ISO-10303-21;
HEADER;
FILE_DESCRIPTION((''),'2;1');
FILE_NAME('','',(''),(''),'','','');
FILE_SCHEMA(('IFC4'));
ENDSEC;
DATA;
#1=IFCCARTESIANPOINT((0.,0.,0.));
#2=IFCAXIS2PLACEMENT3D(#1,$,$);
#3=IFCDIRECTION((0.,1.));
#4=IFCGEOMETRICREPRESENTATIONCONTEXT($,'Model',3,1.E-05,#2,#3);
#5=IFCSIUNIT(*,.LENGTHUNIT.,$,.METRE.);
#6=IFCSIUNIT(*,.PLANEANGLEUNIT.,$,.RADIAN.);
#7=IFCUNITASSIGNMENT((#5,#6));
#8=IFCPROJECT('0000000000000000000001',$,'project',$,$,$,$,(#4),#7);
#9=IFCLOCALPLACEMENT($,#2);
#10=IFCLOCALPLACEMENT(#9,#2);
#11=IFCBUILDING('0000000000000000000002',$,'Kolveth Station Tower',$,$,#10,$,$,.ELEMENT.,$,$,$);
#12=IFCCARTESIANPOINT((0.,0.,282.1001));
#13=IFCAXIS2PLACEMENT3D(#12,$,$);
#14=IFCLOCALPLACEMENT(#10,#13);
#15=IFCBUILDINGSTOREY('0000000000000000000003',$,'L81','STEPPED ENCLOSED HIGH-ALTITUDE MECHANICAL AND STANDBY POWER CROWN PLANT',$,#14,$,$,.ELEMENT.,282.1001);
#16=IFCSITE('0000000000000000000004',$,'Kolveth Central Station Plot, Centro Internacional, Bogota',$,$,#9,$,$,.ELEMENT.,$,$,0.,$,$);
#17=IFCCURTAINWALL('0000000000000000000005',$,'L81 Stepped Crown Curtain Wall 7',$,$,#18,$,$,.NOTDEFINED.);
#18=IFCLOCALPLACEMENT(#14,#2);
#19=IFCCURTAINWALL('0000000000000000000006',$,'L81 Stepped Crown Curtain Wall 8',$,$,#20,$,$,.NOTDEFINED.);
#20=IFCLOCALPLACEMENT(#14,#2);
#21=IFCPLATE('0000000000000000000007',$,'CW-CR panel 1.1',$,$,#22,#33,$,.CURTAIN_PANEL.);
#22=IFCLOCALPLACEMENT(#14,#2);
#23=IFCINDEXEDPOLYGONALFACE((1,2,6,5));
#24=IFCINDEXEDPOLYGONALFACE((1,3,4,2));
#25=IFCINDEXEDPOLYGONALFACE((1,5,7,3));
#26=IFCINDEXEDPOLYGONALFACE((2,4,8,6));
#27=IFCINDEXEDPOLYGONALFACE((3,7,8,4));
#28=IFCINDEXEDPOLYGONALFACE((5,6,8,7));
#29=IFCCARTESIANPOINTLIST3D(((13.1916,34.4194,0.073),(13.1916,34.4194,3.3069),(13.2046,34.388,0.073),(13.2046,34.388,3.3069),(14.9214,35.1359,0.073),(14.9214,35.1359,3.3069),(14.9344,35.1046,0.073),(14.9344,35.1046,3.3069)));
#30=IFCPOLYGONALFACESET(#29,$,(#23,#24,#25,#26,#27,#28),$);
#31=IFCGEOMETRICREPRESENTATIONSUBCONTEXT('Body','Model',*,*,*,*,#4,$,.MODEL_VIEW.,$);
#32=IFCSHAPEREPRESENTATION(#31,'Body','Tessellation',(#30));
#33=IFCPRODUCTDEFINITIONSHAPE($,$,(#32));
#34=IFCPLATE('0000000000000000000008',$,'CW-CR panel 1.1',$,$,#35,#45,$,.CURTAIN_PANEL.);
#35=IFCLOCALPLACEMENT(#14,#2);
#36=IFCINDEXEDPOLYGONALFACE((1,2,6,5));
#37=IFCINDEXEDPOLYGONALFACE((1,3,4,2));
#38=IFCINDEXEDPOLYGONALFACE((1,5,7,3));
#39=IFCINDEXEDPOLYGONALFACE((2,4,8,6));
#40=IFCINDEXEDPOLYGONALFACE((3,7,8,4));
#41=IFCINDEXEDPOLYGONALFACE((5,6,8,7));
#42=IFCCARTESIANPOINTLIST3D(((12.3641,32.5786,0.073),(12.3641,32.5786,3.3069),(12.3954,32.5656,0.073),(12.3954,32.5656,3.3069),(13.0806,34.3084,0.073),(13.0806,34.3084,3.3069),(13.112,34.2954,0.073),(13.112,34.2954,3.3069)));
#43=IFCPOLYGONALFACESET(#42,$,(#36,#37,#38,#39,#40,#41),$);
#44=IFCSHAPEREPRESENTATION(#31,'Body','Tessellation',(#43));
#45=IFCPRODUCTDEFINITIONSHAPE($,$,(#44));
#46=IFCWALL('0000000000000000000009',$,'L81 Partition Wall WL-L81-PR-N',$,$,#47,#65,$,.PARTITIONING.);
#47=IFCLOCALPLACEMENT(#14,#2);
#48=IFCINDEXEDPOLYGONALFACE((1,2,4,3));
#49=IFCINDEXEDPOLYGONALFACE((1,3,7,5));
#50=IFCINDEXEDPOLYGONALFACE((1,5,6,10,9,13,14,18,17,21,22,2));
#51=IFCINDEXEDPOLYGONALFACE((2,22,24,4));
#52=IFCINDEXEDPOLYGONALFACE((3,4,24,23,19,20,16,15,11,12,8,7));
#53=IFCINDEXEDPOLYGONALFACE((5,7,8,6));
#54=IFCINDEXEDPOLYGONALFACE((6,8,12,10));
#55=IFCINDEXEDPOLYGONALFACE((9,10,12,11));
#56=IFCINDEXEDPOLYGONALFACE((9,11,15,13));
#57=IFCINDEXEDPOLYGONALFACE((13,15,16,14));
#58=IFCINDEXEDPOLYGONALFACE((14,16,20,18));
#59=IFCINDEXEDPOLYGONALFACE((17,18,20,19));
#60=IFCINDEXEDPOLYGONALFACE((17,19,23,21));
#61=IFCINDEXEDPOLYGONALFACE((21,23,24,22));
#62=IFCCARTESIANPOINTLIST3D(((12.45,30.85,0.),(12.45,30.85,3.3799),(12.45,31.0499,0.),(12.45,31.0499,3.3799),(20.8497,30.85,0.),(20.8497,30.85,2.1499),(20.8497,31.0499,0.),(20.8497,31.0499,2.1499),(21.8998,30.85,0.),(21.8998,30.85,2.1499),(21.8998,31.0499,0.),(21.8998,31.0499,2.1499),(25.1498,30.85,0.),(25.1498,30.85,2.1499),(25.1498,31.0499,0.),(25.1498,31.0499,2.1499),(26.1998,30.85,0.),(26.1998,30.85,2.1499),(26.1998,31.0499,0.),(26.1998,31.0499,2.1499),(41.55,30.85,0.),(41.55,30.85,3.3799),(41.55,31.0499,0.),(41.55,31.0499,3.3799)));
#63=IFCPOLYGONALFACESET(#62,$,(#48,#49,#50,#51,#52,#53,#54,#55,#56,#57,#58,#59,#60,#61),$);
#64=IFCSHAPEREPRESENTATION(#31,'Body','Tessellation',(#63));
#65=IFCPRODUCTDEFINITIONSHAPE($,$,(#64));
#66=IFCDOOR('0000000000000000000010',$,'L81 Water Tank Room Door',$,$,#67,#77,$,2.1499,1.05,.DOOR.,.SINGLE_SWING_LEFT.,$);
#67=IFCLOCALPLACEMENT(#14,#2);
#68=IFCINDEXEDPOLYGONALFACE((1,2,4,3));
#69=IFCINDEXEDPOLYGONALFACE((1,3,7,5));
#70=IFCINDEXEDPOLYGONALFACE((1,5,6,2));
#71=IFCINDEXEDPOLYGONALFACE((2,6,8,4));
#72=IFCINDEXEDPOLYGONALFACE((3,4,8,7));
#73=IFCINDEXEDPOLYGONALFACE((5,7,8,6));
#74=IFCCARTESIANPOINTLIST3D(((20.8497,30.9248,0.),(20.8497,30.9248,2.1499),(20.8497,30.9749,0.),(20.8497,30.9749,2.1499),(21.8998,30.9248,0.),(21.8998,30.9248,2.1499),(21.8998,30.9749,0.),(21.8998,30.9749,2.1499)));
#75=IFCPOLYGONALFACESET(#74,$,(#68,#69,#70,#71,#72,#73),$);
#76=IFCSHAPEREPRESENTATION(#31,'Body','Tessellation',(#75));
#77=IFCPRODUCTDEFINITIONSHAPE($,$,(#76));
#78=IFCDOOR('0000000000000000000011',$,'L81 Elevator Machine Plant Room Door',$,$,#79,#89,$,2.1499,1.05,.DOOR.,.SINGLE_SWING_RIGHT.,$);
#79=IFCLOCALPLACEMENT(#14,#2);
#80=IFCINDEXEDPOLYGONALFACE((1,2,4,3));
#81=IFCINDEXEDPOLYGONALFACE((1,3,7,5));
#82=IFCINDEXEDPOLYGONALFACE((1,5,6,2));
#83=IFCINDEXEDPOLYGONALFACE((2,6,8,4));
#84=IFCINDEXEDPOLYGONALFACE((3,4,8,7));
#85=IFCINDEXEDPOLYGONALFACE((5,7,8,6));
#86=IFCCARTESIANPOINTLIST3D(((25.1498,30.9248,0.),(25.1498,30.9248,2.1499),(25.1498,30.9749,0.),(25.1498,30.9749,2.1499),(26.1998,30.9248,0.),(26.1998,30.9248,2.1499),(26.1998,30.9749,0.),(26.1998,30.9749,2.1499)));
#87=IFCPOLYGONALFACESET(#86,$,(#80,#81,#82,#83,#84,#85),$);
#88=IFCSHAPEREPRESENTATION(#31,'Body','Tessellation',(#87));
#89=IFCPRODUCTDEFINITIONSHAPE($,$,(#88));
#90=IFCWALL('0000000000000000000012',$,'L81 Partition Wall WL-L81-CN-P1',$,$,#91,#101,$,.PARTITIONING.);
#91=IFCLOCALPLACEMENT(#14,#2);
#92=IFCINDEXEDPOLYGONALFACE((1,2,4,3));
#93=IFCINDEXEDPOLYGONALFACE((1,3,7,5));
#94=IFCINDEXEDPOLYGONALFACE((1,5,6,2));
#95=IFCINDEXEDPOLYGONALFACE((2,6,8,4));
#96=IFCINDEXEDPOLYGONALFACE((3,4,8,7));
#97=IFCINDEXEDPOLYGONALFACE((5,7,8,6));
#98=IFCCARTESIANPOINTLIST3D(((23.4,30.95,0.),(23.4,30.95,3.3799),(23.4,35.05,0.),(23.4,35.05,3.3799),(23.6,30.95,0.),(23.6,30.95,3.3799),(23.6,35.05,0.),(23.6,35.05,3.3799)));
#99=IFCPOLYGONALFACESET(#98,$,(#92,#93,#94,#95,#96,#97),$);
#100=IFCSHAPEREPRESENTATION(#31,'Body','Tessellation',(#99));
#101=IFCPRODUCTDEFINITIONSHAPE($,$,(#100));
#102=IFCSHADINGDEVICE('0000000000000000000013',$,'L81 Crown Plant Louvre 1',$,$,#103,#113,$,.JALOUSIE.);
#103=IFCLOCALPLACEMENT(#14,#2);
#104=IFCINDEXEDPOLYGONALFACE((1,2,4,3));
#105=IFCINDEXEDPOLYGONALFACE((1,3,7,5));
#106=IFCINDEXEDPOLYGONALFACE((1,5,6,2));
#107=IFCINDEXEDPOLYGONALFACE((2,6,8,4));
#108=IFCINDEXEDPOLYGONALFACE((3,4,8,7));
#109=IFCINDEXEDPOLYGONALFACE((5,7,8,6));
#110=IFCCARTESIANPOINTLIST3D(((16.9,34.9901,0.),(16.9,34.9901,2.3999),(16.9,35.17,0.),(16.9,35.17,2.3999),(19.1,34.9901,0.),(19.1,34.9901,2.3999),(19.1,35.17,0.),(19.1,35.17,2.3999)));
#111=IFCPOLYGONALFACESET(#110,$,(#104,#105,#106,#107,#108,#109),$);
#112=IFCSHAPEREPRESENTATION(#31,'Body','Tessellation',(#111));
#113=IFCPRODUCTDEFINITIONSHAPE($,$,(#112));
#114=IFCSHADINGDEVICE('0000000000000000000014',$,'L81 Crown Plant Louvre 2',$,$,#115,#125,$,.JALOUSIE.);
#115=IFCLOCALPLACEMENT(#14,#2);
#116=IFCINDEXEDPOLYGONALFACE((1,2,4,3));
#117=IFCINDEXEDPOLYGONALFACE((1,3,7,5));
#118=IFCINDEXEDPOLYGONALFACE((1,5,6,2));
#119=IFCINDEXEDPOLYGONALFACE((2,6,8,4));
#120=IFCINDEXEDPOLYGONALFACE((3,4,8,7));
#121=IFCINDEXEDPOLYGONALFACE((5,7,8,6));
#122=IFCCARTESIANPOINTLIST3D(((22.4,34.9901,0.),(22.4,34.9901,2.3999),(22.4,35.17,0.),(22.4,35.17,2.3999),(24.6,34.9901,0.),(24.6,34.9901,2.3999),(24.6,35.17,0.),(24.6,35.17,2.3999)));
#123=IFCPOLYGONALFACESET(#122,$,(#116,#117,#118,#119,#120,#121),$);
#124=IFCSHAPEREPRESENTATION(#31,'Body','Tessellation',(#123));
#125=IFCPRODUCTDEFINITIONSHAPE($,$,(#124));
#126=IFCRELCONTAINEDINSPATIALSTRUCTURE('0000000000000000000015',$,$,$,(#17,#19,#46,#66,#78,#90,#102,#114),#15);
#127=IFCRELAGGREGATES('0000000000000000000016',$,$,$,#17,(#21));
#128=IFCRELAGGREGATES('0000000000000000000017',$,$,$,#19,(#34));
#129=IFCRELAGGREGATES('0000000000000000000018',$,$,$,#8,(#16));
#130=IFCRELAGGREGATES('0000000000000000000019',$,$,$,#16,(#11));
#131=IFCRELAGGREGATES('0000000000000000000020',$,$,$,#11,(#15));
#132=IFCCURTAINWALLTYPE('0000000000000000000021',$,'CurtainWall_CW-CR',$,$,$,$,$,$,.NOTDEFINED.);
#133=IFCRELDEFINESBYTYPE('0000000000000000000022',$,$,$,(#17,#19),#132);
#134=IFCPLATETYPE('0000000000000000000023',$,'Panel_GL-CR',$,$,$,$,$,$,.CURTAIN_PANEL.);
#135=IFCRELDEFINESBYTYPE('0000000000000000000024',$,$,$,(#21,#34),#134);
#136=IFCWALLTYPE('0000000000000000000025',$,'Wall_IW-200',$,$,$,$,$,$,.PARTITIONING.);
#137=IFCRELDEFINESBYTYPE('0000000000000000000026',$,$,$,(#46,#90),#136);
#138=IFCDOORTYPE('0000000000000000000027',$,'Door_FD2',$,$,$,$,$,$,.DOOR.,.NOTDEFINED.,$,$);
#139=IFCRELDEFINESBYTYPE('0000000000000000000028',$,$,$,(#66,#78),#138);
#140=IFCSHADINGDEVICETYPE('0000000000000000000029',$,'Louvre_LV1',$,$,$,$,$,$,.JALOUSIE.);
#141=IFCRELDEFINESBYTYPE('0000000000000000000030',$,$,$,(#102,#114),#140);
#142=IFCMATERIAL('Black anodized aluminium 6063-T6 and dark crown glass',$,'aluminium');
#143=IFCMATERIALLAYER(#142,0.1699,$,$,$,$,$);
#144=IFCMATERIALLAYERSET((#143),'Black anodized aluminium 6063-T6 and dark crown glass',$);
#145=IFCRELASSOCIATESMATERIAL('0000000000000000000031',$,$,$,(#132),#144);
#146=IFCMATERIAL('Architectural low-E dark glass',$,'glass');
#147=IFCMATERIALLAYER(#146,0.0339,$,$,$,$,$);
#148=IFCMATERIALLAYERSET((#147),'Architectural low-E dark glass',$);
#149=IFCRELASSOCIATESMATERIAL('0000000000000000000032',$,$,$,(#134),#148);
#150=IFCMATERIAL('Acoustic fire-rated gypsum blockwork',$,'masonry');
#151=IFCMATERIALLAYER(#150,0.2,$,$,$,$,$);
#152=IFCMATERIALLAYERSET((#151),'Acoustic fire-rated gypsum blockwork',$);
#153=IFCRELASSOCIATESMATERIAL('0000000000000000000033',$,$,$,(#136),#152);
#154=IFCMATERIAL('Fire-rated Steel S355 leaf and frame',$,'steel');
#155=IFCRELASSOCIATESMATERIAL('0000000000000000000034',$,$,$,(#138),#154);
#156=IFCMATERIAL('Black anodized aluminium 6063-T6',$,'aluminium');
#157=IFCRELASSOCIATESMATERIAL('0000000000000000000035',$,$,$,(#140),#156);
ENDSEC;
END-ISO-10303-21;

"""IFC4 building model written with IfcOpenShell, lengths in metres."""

from ifc_helpers import new_model, si_unit, direction, frame, frame_2d, origin, origin_2d, place, context, subcontext, project, spatial, rectangle, extrude, source, transform, mapped, material, layer, layer_set, type_object, element, fill, aggregate, save


model = new_model("IFC4")

# Units and contexts
model_context = context("Model", 3, precision=1e-05, world=origin(), true_north=direction((0.0, 1.0)))
body_context = subcontext(model_context, "Body", "Model", "MODEL_VIEW")
ifc_project = project(units=[si_unit("LENGTHUNIT", "METRE"), si_unit("PLANEANGLEUNIT", "RADIAN")], contexts=[model_context])

# Site, building, storey
site_placement = place(None, origin())
site = spatial("IfcSite", under=ifc_project, at=site_placement, Name="Kolveth Central Station Plot, Centro Internacional, Bogota", CompositionType="ELEMENT", RefElevation=0.0)
building_placement = place(site_placement, origin())
building = spatial("IfcBuilding", under=site, at=building_placement, Name="Kolveth Station Tower", CompositionType="ELEMENT")
storey_placement = place(building_placement, frame((0.0, 0.0, 282.1001)))
storey = spatial("IfcBuildingStorey", under=building, at=storey_placement, Name="L81", Description="STEPPED ENCLOSED HIGH-ALTITUDE MECHANICAL AND STANDBY POWER CROWN PLANT", CompositionType="ELEMENT", Elevation=282.1001)

# Shared definitions
ifc_material_1 = material(Name="Black anodized aluminium 6063-T6 and dark crown glass", Category="aluminium")
ifc_layer_1 = layer(ifc_material_1, 0.1699)
ifc_layer_set_1 = layer_set([ifc_layer_1], Name="Black anodized aluminium 6063-T6 and dark crown glass")
curtain_wall_type = type_object("IfcCurtainWallType", Name="CurtainWall_CW-CR", PredefinedType="NOTDEFINED", material=ifc_layer_set_1)
ifc_material_2 = material(Name="Black anodized aluminium 6063-T6", Category="aluminium")

# Curtain walls
curtain_wall_1_placement = place(storey_placement, origin())
curtain_wall_1 = element("IfcCurtainWall", 1, at=curtain_wall_1_placement, inside=storey, type_object=curtain_wall_type, Name="L81 Stepped Crown Curtain Wall 7", PredefinedType="NOTDEFINED")
curtain_wall_2_placement = place(storey_placement, origin())
curtain_wall_2 = element("IfcCurtainWall", 2, at=curtain_wall_2_placement, inside=storey, type_object=curtain_wall_type, Name="L81 Stepped Crown Curtain Wall 8", PredefinedType="NOTDEFINED")

# Plates
ifc_material_3 = material(Name="Architectural low-E dark glass", Category="glass")
ifc_layer_2 = layer(ifc_material_3, 0.0339)
ifc_layer_set_2 = layer_set([ifc_layer_2], Name="Architectural low-E dark glass")
plate_type = type_object("IfcPlateType", Name="Panel_GL-CR", PredefinedType="CURTAIN_PANEL", material=ifc_layer_set_2)
shared_shape_1 = source(origin(), body_context, "Body", "SweptSolid", [
    extrude(rectangle(XDim=1.8723, YDim=0.0339, at=origin_2d()), origin(), (0.0, 0.0, 1.0), 3.2339),
])
plate_1_placement = place(storey_placement, frame((14.063, 34.762, 0.073), z_axis=(0.0, 0.0, 1.0), x_axis=(-0.923871, -0.382703, 0.0)))
plate_1 = element("IfcPlate", 3, at=plate_1_placement, type_object=plate_type, Name="CW-CR panel 1.1", PredefinedType="CURTAIN_PANEL", context=body_context, shape_type="MappedRepresentation", body=[
    mapped(shared_shape_1, transform((0.0, 0.0, 0.0), x_axis=(1.0, 0.0, 0.0), y_axis=(0.0, 1.0, 0.0), z_axis=(0.0, 0.0, 1.0), scale=1.0)),
])
aggregate(curtain_wall_1, [plate_1])
plate_2_placement = place(storey_placement, frame((12.738, 33.437, 0.073), z_axis=(0.0, 0.0, 1.0), x_axis=(-0.382703, -0.923871, 0.0)))
plate_2 = element("IfcPlate", 4, at=plate_2_placement, type_object=plate_type, Name="CW-CR panel 1.1", PredefinedType="CURTAIN_PANEL", context=body_context, shape_type="MappedRepresentation", body=[
    mapped(shared_shape_1, transform((0.0, 0.0, 0.0), x_axis=(1.0, 0.0, 0.0), y_axis=(0.0, 1.0, 0.0), z_axis=(0.0, 0.0, 1.0), scale=1.0)),
])
aggregate(curtain_wall_2, [plate_2])

# Wall, openings, doors
ifc_material_4 = material(Name="Acoustic fire-rated gypsum blockwork", Category="masonry")
ifc_layer_3 = layer(ifc_material_4, 0.2)
ifc_layer_set_3 = layer_set([ifc_layer_3], Name="Acoustic fire-rated gypsum blockwork")
wall_type = type_object("IfcWallType", Name="Wall_IW-200", PredefinedType="PARTITIONING", material=ifc_layer_set_3)
wall_1_placement = place(storey_placement, frame((12.45, 30.95, 0.0), z_axis=(0.0, 0.0, 1.0), x_axis=(1.0, 0.0, 0.0)))
wall_1 = element("IfcWall", 5, at=wall_1_placement, inside=storey, type_object=wall_type, Name="L81 Partition Wall WL-L81-PR-N", PredefinedType="PARTITIONING", context=body_context, shape_type="SweptSolid", body=[
    extrude(rectangle(XDim=29.1001, YDim=0.2, at=frame_2d((14.55, 0.0))), origin(), (0.0, 0.0, 1.0), 3.3799),
])
opening_1_placement = place(wall_1_placement, frame((8.3999, 0.0, 0.0)))
opening_1 = element("IfcOpeningElement", 6, at=opening_1_placement, cuts=wall_1, PredefinedType="OPENING", context=body_context, shape_type="SweptSolid", body=[
    extrude(rectangle(XDim=1.05, YDim=2.1499, at=frame_2d((0.5249, 1.075))), frame((0.0, 0.1099, 0.0), z_axis=(0.0, -1.0, 0.0), x_axis=(1.0, 0.0, 0.0)), (0.0, 0.0, 1.0), 0.22),
])
opening_2_placement = place(wall_1_placement, frame((12.7, 0.0, 0.0)))
opening_2 = element("IfcOpeningElement", 7, at=opening_2_placement, cuts=wall_1, PredefinedType="OPENING", context=body_context, shape_type="SweptSolid", body=[
    extrude(rectangle(XDim=1.05, YDim=2.1499, at=frame_2d((0.5249, 1.075))), frame((0.0, 0.1099, 0.0), z_axis=(0.0, -1.0, 0.0), x_axis=(1.0, 0.0, 0.0)), (0.0, 0.0, 1.0), 0.22),
])
ifc_material_5 = material(Name="Fire-rated Steel S355 leaf and frame", Category="steel")
door_type = type_object("IfcDoorType", Name="Door_FD2", OperationType="NOTDEFINED", PredefinedType="DOOR", material=ifc_material_5)
door_1_placement = place(opening_1_placement, origin())
door_1 = element("IfcDoor", 8, at=door_1_placement, inside=storey, type_object=door_type, Name="L81 Water Tank Room Door", OperationType="SINGLE_SWING_LEFT", OverallHeight=2.1499, OverallWidth=1.05, PredefinedType="DOOR", context=body_context, shape_type="SweptSolid", body=[
    extrude(rectangle(XDim=1.05, YDim=2.1499, at=frame_2d((0.5249, 1.075))), frame((0.0, 0.0249, 0.0), z_axis=(0.0, -1.0, 0.0), x_axis=(1.0, 0.0, 0.0)), (0.0, 0.0, 1.0), 0.05),
])
fill(opening_1, door_1)
door_2_placement = place(opening_2_placement, origin())
door_2 = element("IfcDoor", 9, at=door_2_placement, inside=storey, type_object=door_type, Name="L81 Elevator Machine Plant Room Door", OperationType="SINGLE_SWING_RIGHT", OverallHeight=2.1499, OverallWidth=1.05, PredefinedType="DOOR", context=body_context, shape_type="SweptSolid", body=[
    extrude(rectangle(XDim=1.05, YDim=2.1499, at=frame_2d((0.5249, 1.075))), frame((0.0, 0.0249, 0.0), z_axis=(0.0, -1.0, 0.0), x_axis=(1.0, 0.0, 0.0)), (0.0, 0.0, 1.0), 0.05),
])
fill(opening_2, door_2)

# Wall
wall_2_placement = place(storey_placement, frame((23.5, 30.95, 0.0), z_axis=(0.0, 0.0, 1.0), x_axis=(0.0, 1.0, 0.0)))
element("IfcWall", 10, at=wall_2_placement, inside=storey, type_object=wall_type, Name="L81 Partition Wall WL-L81-CN-P1", PredefinedType="PARTITIONING", context=body_context, shape_type="SweptSolid", body=[
    extrude(rectangle(XDim=4.1001, YDim=0.2, at=frame_2d((2.05, 0.0))), origin(), (0.0, 0.0, 1.0), 3.3799),
])

# Shading devices
shading_device_type = type_object("IfcShadingDeviceType", Name="Louvre_LV1", PredefinedType="JALOUSIE", material=ifc_material_2)
shared_shape_2 = source(origin(), body_context, "Body", "SweptSolid", [
    extrude(rectangle(XDim=2.2, YDim=0.1799, at=origin_2d()), origin(), (0.0, 0.0, 1.0), 2.3999),
])
for number, where, z_axis, x_axis, name in (
    (11, (18.0, 35.0801, 0.0), (0.0, 0.0, 1.0), (1.0, 0.0, 0.0), "L81 Crown Plant Louvre 1"),
    (12, (23.5, 35.0801, 0.0), (0.0, 0.0, 1.0), (1.0, 0.0, 0.0), "L81 Crown Plant Louvre 2"),
):
    element("IfcShadingDevice", number, at=place(storey_placement, frame(where, z_axis=z_axis, x_axis=x_axis)), inside=storey, type_object=shading_device_type, Name=name, PredefinedType="JALOUSIE", context=body_context, shape_type="MappedRepresentation", body=[
        mapped(shared_shape_2, transform((0.0, 0.0, 0.0), x_axis=(1.0, 0.0, 0.0), y_axis=(0.0, 1.0, 0.0), z_axis=(0.0, 0.0, 1.0), scale=1.0)),
    ])

save(model, "model.ifc")
